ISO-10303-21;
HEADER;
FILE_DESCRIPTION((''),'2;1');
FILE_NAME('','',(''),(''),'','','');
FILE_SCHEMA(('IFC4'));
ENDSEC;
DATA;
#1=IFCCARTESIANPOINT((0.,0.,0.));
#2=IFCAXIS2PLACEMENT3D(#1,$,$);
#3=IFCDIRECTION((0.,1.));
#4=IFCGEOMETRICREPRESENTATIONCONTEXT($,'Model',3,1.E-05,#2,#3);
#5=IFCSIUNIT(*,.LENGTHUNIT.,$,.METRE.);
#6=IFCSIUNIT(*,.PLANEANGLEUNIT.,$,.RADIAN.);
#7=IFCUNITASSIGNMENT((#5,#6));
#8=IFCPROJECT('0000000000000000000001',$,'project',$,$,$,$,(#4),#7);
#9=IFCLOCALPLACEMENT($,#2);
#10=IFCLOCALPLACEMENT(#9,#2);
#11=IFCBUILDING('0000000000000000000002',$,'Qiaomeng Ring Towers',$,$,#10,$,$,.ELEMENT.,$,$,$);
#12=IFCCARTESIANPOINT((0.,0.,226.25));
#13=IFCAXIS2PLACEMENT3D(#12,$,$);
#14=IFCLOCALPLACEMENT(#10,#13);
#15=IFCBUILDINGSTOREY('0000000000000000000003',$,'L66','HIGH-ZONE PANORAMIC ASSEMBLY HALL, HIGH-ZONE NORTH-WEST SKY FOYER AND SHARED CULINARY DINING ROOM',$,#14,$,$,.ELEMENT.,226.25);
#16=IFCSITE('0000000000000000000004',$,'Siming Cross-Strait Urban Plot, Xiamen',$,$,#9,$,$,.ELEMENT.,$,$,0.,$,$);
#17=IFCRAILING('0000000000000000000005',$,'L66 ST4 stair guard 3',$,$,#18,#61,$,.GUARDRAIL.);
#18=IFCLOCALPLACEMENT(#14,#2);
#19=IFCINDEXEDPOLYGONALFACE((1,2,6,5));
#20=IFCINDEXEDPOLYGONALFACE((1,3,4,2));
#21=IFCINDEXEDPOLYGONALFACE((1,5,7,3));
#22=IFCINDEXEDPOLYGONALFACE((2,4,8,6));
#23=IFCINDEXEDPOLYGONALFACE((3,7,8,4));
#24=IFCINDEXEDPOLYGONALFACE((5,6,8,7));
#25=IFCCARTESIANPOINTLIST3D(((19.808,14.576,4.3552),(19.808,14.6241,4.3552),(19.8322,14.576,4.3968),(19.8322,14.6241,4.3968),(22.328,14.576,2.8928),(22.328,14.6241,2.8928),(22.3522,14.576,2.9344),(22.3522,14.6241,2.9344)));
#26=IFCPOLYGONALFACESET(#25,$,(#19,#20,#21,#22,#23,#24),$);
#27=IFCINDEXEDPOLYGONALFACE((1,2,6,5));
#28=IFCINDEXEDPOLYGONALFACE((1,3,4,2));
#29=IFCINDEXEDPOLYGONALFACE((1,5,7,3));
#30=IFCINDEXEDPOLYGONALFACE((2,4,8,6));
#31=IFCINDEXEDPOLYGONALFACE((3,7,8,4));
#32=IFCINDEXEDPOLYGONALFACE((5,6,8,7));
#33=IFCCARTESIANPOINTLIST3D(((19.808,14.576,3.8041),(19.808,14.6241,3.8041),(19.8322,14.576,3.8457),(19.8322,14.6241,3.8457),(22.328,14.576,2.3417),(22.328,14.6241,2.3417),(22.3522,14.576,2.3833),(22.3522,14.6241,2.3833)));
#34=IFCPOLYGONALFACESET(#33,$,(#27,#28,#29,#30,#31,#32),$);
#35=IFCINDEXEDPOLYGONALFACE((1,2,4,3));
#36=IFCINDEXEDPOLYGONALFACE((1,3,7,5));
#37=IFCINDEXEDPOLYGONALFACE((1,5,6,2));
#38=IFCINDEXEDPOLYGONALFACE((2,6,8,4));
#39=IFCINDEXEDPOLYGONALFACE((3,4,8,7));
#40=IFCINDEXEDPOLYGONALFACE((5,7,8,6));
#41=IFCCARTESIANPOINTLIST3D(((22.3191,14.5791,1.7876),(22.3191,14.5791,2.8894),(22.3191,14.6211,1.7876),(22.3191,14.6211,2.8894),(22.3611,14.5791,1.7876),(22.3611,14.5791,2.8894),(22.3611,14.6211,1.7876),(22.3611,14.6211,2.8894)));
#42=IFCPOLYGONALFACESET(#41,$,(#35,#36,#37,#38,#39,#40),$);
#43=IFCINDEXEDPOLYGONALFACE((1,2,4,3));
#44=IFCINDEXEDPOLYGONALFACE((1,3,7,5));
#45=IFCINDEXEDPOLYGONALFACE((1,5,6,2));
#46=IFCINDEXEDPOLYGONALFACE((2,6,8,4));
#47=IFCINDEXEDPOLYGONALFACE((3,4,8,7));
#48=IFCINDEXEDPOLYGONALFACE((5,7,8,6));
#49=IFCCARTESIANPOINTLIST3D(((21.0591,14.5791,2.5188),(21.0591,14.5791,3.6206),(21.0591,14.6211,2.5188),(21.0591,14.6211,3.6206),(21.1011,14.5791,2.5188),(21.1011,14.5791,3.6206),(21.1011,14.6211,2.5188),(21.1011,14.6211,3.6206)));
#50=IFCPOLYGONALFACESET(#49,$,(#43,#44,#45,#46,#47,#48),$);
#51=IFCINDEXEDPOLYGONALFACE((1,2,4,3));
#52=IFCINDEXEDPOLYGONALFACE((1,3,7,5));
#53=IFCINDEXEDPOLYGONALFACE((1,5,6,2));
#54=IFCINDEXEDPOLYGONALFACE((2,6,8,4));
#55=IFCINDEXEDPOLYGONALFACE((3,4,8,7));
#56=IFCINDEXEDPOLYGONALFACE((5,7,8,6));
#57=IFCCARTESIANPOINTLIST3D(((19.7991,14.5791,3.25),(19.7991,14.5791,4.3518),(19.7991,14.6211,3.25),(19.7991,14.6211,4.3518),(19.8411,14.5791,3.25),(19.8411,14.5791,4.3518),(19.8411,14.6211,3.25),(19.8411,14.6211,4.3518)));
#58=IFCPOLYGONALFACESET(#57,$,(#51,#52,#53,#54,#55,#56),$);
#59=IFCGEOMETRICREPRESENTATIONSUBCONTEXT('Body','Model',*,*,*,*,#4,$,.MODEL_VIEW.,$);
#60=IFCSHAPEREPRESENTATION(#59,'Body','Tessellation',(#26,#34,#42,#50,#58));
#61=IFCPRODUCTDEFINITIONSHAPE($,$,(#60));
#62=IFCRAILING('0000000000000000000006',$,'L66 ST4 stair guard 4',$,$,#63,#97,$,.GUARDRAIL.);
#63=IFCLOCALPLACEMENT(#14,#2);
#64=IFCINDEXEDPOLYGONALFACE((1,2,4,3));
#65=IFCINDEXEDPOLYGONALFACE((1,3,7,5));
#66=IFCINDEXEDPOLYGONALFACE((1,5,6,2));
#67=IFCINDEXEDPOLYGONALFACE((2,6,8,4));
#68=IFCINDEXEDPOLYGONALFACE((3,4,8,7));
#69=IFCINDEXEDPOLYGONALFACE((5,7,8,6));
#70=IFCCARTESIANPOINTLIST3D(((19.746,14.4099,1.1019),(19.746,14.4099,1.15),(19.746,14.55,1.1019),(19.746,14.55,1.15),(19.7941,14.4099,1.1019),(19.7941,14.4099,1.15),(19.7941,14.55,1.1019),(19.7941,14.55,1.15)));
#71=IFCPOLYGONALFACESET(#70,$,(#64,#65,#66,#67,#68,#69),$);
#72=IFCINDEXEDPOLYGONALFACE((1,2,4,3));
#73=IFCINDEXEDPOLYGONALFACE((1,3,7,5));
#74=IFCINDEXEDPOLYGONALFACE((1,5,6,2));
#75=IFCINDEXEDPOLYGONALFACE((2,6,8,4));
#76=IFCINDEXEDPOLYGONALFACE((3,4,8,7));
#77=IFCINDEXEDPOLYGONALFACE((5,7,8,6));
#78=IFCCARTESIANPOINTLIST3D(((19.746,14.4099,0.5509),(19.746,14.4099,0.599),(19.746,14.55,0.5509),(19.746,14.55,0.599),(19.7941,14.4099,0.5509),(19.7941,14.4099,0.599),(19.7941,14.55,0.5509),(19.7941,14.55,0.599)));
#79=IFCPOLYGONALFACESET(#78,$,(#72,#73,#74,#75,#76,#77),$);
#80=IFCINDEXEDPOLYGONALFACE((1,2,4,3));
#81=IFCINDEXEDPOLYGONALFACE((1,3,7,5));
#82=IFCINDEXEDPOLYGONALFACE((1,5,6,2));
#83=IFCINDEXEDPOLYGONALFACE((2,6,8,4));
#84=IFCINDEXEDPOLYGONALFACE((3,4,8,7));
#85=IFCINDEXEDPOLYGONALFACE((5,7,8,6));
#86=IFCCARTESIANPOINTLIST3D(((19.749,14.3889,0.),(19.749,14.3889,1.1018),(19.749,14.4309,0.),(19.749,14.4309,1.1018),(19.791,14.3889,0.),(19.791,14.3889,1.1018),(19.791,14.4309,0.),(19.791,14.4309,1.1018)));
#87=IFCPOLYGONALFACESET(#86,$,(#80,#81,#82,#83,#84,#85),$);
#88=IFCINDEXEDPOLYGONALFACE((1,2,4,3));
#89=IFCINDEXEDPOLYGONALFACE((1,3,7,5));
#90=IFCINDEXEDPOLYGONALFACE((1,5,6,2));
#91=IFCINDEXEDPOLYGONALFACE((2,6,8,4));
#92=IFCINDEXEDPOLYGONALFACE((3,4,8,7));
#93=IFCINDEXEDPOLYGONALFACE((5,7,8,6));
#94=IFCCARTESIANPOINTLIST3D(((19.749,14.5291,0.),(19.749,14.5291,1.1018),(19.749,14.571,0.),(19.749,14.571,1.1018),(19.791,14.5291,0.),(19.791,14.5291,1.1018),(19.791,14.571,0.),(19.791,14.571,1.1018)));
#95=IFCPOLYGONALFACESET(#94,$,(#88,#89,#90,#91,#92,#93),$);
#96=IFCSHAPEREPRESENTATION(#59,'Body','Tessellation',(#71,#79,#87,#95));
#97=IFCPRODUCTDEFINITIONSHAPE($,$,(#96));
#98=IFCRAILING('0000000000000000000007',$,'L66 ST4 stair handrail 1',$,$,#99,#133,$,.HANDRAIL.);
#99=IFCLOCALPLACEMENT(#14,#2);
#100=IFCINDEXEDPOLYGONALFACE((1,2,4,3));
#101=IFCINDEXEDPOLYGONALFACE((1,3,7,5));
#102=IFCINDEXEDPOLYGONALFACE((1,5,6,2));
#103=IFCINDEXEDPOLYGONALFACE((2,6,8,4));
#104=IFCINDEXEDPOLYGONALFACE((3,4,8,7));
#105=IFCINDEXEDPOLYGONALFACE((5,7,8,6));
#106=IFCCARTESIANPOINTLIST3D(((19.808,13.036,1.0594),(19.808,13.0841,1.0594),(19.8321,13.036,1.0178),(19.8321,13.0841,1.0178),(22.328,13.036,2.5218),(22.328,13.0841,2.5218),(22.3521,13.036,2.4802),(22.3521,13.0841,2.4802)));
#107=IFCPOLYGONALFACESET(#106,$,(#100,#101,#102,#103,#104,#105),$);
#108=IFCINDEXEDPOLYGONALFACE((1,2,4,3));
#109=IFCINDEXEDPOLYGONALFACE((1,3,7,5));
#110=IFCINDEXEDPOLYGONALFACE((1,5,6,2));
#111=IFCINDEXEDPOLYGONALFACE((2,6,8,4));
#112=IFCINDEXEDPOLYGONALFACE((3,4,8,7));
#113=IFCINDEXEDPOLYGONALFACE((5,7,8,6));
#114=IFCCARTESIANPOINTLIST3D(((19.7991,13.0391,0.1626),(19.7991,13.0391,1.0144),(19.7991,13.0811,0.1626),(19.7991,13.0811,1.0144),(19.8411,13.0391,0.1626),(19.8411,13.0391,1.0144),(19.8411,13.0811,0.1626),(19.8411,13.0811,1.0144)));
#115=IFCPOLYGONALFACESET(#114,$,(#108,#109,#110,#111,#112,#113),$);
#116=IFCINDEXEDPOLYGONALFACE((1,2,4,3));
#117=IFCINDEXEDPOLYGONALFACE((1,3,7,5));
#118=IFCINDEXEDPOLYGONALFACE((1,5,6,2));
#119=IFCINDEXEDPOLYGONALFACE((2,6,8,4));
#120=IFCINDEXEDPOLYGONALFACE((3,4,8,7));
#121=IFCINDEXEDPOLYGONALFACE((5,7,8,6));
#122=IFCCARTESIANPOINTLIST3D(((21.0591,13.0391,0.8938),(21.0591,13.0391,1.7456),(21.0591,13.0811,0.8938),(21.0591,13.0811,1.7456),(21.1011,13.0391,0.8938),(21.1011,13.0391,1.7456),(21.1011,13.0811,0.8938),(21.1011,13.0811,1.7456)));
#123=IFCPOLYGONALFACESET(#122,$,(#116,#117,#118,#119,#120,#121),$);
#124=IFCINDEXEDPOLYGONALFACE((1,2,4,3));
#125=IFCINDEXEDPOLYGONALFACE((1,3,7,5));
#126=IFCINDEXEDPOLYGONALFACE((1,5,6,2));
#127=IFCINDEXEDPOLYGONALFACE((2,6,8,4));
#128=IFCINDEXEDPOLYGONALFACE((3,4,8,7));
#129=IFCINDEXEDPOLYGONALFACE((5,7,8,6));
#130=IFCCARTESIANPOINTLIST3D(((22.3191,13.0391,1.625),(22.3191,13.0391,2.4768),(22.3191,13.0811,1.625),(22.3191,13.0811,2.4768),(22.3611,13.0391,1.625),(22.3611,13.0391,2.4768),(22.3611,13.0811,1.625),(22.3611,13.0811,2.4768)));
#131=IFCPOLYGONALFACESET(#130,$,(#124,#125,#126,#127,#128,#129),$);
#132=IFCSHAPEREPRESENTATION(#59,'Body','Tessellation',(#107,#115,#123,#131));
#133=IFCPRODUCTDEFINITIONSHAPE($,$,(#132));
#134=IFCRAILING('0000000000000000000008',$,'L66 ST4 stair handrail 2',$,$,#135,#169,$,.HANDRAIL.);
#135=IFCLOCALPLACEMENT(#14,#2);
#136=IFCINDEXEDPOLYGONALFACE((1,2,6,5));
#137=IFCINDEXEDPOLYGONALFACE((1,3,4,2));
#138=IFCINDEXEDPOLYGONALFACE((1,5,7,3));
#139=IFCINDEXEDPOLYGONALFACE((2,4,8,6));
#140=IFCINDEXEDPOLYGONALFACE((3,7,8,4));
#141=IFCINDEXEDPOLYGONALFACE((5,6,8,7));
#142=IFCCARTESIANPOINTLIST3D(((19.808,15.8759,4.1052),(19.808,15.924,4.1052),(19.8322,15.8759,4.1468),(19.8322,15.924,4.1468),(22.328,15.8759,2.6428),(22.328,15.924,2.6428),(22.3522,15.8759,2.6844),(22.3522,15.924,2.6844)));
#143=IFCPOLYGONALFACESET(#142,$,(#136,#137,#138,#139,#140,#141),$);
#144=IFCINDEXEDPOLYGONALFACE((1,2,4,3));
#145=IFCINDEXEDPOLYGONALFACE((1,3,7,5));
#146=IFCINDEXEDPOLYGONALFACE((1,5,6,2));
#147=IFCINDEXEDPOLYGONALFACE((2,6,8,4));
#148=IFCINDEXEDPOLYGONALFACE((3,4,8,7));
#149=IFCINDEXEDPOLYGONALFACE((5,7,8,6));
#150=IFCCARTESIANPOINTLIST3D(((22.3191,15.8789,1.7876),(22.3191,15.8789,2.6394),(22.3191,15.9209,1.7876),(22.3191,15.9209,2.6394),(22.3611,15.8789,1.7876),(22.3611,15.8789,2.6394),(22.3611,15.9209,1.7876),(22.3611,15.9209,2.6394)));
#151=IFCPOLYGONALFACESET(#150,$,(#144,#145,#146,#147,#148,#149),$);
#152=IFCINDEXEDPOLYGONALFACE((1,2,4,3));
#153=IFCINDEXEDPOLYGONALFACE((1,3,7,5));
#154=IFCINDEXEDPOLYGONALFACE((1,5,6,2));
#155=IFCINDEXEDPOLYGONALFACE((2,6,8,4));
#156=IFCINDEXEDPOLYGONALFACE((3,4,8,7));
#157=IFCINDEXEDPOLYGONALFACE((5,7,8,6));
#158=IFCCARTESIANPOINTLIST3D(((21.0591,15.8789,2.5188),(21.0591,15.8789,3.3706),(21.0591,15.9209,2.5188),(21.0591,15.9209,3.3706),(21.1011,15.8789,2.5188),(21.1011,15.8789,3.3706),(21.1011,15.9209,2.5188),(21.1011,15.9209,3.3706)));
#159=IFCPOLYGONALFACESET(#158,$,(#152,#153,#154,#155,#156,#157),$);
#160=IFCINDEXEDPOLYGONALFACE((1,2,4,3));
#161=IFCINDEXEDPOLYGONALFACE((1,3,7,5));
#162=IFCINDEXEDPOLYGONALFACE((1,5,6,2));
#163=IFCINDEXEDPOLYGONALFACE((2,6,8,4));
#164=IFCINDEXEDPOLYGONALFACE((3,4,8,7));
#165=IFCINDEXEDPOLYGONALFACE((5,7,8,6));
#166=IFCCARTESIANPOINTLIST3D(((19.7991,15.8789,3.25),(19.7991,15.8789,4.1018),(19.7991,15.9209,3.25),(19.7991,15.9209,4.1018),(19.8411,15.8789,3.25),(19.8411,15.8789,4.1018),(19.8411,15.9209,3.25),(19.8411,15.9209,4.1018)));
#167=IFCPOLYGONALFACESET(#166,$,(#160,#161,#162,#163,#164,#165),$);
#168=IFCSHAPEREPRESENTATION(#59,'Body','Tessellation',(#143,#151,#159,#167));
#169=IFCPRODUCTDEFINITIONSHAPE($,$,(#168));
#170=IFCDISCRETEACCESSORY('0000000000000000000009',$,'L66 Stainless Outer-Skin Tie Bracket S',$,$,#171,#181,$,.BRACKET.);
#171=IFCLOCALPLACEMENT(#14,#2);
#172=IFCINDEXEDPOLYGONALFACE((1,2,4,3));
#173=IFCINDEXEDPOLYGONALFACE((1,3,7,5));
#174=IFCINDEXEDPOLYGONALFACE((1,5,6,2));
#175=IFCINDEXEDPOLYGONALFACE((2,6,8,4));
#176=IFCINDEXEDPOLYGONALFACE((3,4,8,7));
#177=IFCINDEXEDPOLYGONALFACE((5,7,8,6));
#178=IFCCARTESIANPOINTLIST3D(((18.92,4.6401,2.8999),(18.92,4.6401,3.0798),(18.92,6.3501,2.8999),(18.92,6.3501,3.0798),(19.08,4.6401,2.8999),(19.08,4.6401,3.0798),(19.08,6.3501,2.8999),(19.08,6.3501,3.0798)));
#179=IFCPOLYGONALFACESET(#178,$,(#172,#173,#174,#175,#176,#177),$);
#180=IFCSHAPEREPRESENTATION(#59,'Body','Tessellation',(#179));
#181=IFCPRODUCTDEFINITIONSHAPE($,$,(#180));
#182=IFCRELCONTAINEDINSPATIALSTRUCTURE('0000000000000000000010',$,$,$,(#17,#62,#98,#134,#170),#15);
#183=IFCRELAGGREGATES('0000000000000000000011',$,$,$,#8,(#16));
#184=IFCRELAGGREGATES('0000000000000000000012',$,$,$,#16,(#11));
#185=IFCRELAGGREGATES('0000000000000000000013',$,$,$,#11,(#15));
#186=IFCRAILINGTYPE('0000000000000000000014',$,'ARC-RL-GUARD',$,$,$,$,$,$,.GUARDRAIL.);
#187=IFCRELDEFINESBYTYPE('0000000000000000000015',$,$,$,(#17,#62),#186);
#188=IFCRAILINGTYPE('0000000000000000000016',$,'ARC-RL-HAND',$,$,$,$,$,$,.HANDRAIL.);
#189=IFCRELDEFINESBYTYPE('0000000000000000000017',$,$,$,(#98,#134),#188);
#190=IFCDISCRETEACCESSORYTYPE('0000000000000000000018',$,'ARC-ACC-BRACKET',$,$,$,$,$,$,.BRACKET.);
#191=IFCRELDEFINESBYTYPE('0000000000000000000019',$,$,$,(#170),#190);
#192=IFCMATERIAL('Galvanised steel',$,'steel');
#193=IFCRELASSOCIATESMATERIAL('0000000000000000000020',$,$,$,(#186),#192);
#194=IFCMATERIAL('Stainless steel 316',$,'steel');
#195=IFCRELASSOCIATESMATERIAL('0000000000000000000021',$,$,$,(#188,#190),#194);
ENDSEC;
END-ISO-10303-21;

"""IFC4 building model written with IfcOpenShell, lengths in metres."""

from ifc_helpers import new_model, si_unit, direction, frame, origin, origin_2d, place, context, subcontext, project, spatial, rectangle, extrude, source, transform, mapped, material, type_object, element, save


model = new_model("IFC4")

# Units and contexts
model_context = context("Model", 3, precision=1e-05, world=origin(), true_north=direction((0.0, 1.0)))
body_context = subcontext(model_context, "Body", "Model", "MODEL_VIEW")
ifc_project = project(units=[si_unit("LENGTHUNIT", "METRE"), si_unit("PLANEANGLEUNIT", "RADIAN")], contexts=[model_context])

# Site, building, storey
site_placement = place(None, origin())
site = spatial("IfcSite", under=ifc_project, at=site_placement, Name="Siming Cross-Strait Urban Plot, Xiamen", CompositionType="ELEMENT", RefElevation=0.0)
building_placement = place(site_placement, origin())
building = spatial("IfcBuilding", under=site, at=building_placement, Name="Qiaomeng Ring Towers", CompositionType="ELEMENT")
storey_placement = place(building_placement, frame((0.0, 0.0, 226.25)))
storey = spatial("IfcBuildingStorey", under=building, at=storey_placement, Name="L66", Description="HIGH-ZONE PANORAMIC ASSEMBLY HALL, HIGH-ZONE NORTH-WEST SKY FOYER AND SHARED CULINARY DINING ROOM", CompositionType="ELEMENT", Elevation=226.25)

# Shared definitions
ifc_material_1 = material(Name="Galvanised steel", Category="steel")

# Railings
railing_type_1 = type_object("IfcRailingType", Name="ARC-RL-GUARD", PredefinedType="GUARDRAIL", material=ifc_material_1)
railing_1_placement = place(storey_placement, frame((22.3401, 14.6001, 1.7876)))
element("IfcRailing", 1, at=railing_1_placement, inside=storey, type_object=railing_type_1, Name="L66 ST4 stair guard 3", PredefinedType="GUARDRAIL", context=body_context, shape_type="SweptSolid", body=[
    extrude(rectangle(XDim=0.0481, YDim=0.0481, at=origin_2d()), frame((0.0, 0.0, 1.126), z_axis=(-0.864913, 0.0, 0.501921), x_axis=(0.0, -1.0, 0.0)), (0.0, 0.0, 1.0), 2.9136),
    extrude(rectangle(XDim=0.0481, YDim=0.0481, at=origin_2d()), frame((0.0, 0.0, 0.575), z_axis=(-0.864913, 0.0, 0.501921), x_axis=(0.0, -1.0, 0.0)), (0.0, 0.0, 1.0), 2.9136),
    extrude(rectangle(XDim=0.042, YDim=0.042, at=origin_2d()), origin(), (0.0, 0.0, 1.0), 1.1018),
    extrude(rectangle(XDim=0.042, YDim=0.042, at=origin_2d()), frame((-1.26, 0.0, 0.7312)), (0.0, 0.0, 1.0), 1.1018),
    extrude(rectangle(XDim=0.042, YDim=0.042, at=origin_2d()), frame((-2.52, 0.0, 1.4624)), (0.0, 0.0, 1.0), 1.1018),
])
railing_2_placement = place(storey_placement, frame((19.77, 14.4099, 0.0)))
element("IfcRailing", 2, at=railing_2_placement, inside=storey, type_object=railing_type_1, Name="L66 ST4 stair guard 4", PredefinedType="GUARDRAIL", context=body_context, shape_type="SweptSolid", body=[
    extrude(rectangle(XDim=0.0481, YDim=0.0481, at=origin_2d()), frame((0.0, 0.0, 1.126), z_axis=(0.0, 1.0, 0.0), x_axis=(-1.0, 0.0, 0.0)), (0.0, 0.0, 1.0), 0.1401),
    extrude(rectangle(XDim=0.0481, YDim=0.0481, at=origin_2d()), frame((0.0, 0.0, 0.575), z_axis=(0.0, 1.0, 0.0), x_axis=(-1.0, 0.0, 0.0)), (0.0, 0.0, 1.0), 0.1401),
    extrude(rectangle(XDim=0.042, YDim=0.042, at=origin_2d()), origin(), (0.0, 0.0, 1.0), 1.1018),
    extrude(rectangle(XDim=0.042, YDim=0.042, at=origin_2d()), frame((0.0, 0.1401, 0.0)), (0.0, 0.0, 1.0), 1.1018),
])
ifc_material_2 = material(Name="Stainless steel 316", Category="steel")
railing_type_2 = type_object("IfcRailingType", Name="ARC-RL-HAND", PredefinedType="HANDRAIL", material=ifc_material_2)
railing_3_placement = place(storey_placement, frame((19.8201, 13.0601, 0.1626)))
element("IfcRailing", 3, at=railing_3_placement, inside=storey, type_object=railing_type_2, Name="L66 ST4 stair handrail 1", PredefinedType="HANDRAIL", context=body_context, shape_type="SweptSolid", body=[
    extrude(rectangle(XDim=0.0481, YDim=0.0481, at=origin_2d()), frame((0.0, 0.0, 0.876), z_axis=(0.864913, 0.0, 0.501921), x_axis=(0.0, 1.0, 0.0)), (0.0, 0.0, 1.0), 2.9136),
    extrude(rectangle(XDim=0.042, YDim=0.042, at=origin_2d()), origin(), (0.0, 0.0, 1.0), 0.8518),
    extrude(rectangle(XDim=0.042, YDim=0.042, at=origin_2d()), frame((1.26, 0.0, 0.7312)), (0.0, 0.0, 1.0), 0.8518),
    extrude(rectangle(XDim=0.042, YDim=0.042, at=origin_2d()), frame((2.52, 0.0, 1.4624)), (0.0, 0.0, 1.0), 0.8518),
])
railing_4_placement = place(storey_placement, frame((22.3401, 15.8999, 1.7876)))
element("IfcRailing", 4, at=railing_4_placement, inside=storey, type_object=railing_type_2, Name="L66 ST4 stair handrail 2", PredefinedType="HANDRAIL", context=body_context, shape_type="SweptSolid", body=[
    extrude(rectangle(XDim=0.0481, YDim=0.0481, at=origin_2d()), frame((0.0, 0.0, 0.876), z_axis=(-0.864913, 0.0, 0.501921), x_axis=(0.0, -1.0, 0.0)), (0.0, 0.0, 1.0), 2.9136),
    extrude(rectangle(XDim=0.042, YDim=0.042, at=origin_2d()), origin(), (0.0, 0.0, 1.0), 0.8518),
    extrude(rectangle(XDim=0.042, YDim=0.042, at=origin_2d()), frame((-1.26, 0.0, 0.7312)), (0.0, 0.0, 1.0), 0.8518),
    extrude(rectangle(XDim=0.042, YDim=0.042, at=origin_2d()), frame((-2.52, 0.0, 1.4624)), (0.0, 0.0, 1.0), 0.8518),
])

# Discrete accessory
discrete_accessory_type = type_object("IfcDiscreteAccessoryType", Name="ARC-ACC-BRACKET", PredefinedType="BRACKET", material=ifc_material_2)
shared_shape_1 = source(origin(), body_context, "Body", "SweptSolid", [
    extrude(rectangle(XDim=0.1599, YDim=1.71, at=origin_2d()), origin(), (0.0, 0.0, 1.0), 0.1799),
])
discrete_accessory_placement = place(storey_placement, frame((19.0, 5.4951, 2.8999), z_axis=(0.0, 0.0, 1.0), x_axis=(1.0, 0.0, 0.0)))
element("IfcDiscreteAccessory", 5, at=discrete_accessory_placement, inside=storey, type_object=discrete_accessory_type, Name="L66 Stainless Outer-Skin Tie Bracket S", PredefinedType="BRACKET", context=body_context, shape_type="MappedRepresentation", body=[
    mapped(shared_shape_1, transform((0.0, 0.0, 0.0), x_axis=(1.0, 0.0, 0.0), y_axis=(0.0, 1.0, 0.0), z_axis=(0.0, 0.0, 1.0), scale=1.0)),
])

save(model, "model.ifc")
